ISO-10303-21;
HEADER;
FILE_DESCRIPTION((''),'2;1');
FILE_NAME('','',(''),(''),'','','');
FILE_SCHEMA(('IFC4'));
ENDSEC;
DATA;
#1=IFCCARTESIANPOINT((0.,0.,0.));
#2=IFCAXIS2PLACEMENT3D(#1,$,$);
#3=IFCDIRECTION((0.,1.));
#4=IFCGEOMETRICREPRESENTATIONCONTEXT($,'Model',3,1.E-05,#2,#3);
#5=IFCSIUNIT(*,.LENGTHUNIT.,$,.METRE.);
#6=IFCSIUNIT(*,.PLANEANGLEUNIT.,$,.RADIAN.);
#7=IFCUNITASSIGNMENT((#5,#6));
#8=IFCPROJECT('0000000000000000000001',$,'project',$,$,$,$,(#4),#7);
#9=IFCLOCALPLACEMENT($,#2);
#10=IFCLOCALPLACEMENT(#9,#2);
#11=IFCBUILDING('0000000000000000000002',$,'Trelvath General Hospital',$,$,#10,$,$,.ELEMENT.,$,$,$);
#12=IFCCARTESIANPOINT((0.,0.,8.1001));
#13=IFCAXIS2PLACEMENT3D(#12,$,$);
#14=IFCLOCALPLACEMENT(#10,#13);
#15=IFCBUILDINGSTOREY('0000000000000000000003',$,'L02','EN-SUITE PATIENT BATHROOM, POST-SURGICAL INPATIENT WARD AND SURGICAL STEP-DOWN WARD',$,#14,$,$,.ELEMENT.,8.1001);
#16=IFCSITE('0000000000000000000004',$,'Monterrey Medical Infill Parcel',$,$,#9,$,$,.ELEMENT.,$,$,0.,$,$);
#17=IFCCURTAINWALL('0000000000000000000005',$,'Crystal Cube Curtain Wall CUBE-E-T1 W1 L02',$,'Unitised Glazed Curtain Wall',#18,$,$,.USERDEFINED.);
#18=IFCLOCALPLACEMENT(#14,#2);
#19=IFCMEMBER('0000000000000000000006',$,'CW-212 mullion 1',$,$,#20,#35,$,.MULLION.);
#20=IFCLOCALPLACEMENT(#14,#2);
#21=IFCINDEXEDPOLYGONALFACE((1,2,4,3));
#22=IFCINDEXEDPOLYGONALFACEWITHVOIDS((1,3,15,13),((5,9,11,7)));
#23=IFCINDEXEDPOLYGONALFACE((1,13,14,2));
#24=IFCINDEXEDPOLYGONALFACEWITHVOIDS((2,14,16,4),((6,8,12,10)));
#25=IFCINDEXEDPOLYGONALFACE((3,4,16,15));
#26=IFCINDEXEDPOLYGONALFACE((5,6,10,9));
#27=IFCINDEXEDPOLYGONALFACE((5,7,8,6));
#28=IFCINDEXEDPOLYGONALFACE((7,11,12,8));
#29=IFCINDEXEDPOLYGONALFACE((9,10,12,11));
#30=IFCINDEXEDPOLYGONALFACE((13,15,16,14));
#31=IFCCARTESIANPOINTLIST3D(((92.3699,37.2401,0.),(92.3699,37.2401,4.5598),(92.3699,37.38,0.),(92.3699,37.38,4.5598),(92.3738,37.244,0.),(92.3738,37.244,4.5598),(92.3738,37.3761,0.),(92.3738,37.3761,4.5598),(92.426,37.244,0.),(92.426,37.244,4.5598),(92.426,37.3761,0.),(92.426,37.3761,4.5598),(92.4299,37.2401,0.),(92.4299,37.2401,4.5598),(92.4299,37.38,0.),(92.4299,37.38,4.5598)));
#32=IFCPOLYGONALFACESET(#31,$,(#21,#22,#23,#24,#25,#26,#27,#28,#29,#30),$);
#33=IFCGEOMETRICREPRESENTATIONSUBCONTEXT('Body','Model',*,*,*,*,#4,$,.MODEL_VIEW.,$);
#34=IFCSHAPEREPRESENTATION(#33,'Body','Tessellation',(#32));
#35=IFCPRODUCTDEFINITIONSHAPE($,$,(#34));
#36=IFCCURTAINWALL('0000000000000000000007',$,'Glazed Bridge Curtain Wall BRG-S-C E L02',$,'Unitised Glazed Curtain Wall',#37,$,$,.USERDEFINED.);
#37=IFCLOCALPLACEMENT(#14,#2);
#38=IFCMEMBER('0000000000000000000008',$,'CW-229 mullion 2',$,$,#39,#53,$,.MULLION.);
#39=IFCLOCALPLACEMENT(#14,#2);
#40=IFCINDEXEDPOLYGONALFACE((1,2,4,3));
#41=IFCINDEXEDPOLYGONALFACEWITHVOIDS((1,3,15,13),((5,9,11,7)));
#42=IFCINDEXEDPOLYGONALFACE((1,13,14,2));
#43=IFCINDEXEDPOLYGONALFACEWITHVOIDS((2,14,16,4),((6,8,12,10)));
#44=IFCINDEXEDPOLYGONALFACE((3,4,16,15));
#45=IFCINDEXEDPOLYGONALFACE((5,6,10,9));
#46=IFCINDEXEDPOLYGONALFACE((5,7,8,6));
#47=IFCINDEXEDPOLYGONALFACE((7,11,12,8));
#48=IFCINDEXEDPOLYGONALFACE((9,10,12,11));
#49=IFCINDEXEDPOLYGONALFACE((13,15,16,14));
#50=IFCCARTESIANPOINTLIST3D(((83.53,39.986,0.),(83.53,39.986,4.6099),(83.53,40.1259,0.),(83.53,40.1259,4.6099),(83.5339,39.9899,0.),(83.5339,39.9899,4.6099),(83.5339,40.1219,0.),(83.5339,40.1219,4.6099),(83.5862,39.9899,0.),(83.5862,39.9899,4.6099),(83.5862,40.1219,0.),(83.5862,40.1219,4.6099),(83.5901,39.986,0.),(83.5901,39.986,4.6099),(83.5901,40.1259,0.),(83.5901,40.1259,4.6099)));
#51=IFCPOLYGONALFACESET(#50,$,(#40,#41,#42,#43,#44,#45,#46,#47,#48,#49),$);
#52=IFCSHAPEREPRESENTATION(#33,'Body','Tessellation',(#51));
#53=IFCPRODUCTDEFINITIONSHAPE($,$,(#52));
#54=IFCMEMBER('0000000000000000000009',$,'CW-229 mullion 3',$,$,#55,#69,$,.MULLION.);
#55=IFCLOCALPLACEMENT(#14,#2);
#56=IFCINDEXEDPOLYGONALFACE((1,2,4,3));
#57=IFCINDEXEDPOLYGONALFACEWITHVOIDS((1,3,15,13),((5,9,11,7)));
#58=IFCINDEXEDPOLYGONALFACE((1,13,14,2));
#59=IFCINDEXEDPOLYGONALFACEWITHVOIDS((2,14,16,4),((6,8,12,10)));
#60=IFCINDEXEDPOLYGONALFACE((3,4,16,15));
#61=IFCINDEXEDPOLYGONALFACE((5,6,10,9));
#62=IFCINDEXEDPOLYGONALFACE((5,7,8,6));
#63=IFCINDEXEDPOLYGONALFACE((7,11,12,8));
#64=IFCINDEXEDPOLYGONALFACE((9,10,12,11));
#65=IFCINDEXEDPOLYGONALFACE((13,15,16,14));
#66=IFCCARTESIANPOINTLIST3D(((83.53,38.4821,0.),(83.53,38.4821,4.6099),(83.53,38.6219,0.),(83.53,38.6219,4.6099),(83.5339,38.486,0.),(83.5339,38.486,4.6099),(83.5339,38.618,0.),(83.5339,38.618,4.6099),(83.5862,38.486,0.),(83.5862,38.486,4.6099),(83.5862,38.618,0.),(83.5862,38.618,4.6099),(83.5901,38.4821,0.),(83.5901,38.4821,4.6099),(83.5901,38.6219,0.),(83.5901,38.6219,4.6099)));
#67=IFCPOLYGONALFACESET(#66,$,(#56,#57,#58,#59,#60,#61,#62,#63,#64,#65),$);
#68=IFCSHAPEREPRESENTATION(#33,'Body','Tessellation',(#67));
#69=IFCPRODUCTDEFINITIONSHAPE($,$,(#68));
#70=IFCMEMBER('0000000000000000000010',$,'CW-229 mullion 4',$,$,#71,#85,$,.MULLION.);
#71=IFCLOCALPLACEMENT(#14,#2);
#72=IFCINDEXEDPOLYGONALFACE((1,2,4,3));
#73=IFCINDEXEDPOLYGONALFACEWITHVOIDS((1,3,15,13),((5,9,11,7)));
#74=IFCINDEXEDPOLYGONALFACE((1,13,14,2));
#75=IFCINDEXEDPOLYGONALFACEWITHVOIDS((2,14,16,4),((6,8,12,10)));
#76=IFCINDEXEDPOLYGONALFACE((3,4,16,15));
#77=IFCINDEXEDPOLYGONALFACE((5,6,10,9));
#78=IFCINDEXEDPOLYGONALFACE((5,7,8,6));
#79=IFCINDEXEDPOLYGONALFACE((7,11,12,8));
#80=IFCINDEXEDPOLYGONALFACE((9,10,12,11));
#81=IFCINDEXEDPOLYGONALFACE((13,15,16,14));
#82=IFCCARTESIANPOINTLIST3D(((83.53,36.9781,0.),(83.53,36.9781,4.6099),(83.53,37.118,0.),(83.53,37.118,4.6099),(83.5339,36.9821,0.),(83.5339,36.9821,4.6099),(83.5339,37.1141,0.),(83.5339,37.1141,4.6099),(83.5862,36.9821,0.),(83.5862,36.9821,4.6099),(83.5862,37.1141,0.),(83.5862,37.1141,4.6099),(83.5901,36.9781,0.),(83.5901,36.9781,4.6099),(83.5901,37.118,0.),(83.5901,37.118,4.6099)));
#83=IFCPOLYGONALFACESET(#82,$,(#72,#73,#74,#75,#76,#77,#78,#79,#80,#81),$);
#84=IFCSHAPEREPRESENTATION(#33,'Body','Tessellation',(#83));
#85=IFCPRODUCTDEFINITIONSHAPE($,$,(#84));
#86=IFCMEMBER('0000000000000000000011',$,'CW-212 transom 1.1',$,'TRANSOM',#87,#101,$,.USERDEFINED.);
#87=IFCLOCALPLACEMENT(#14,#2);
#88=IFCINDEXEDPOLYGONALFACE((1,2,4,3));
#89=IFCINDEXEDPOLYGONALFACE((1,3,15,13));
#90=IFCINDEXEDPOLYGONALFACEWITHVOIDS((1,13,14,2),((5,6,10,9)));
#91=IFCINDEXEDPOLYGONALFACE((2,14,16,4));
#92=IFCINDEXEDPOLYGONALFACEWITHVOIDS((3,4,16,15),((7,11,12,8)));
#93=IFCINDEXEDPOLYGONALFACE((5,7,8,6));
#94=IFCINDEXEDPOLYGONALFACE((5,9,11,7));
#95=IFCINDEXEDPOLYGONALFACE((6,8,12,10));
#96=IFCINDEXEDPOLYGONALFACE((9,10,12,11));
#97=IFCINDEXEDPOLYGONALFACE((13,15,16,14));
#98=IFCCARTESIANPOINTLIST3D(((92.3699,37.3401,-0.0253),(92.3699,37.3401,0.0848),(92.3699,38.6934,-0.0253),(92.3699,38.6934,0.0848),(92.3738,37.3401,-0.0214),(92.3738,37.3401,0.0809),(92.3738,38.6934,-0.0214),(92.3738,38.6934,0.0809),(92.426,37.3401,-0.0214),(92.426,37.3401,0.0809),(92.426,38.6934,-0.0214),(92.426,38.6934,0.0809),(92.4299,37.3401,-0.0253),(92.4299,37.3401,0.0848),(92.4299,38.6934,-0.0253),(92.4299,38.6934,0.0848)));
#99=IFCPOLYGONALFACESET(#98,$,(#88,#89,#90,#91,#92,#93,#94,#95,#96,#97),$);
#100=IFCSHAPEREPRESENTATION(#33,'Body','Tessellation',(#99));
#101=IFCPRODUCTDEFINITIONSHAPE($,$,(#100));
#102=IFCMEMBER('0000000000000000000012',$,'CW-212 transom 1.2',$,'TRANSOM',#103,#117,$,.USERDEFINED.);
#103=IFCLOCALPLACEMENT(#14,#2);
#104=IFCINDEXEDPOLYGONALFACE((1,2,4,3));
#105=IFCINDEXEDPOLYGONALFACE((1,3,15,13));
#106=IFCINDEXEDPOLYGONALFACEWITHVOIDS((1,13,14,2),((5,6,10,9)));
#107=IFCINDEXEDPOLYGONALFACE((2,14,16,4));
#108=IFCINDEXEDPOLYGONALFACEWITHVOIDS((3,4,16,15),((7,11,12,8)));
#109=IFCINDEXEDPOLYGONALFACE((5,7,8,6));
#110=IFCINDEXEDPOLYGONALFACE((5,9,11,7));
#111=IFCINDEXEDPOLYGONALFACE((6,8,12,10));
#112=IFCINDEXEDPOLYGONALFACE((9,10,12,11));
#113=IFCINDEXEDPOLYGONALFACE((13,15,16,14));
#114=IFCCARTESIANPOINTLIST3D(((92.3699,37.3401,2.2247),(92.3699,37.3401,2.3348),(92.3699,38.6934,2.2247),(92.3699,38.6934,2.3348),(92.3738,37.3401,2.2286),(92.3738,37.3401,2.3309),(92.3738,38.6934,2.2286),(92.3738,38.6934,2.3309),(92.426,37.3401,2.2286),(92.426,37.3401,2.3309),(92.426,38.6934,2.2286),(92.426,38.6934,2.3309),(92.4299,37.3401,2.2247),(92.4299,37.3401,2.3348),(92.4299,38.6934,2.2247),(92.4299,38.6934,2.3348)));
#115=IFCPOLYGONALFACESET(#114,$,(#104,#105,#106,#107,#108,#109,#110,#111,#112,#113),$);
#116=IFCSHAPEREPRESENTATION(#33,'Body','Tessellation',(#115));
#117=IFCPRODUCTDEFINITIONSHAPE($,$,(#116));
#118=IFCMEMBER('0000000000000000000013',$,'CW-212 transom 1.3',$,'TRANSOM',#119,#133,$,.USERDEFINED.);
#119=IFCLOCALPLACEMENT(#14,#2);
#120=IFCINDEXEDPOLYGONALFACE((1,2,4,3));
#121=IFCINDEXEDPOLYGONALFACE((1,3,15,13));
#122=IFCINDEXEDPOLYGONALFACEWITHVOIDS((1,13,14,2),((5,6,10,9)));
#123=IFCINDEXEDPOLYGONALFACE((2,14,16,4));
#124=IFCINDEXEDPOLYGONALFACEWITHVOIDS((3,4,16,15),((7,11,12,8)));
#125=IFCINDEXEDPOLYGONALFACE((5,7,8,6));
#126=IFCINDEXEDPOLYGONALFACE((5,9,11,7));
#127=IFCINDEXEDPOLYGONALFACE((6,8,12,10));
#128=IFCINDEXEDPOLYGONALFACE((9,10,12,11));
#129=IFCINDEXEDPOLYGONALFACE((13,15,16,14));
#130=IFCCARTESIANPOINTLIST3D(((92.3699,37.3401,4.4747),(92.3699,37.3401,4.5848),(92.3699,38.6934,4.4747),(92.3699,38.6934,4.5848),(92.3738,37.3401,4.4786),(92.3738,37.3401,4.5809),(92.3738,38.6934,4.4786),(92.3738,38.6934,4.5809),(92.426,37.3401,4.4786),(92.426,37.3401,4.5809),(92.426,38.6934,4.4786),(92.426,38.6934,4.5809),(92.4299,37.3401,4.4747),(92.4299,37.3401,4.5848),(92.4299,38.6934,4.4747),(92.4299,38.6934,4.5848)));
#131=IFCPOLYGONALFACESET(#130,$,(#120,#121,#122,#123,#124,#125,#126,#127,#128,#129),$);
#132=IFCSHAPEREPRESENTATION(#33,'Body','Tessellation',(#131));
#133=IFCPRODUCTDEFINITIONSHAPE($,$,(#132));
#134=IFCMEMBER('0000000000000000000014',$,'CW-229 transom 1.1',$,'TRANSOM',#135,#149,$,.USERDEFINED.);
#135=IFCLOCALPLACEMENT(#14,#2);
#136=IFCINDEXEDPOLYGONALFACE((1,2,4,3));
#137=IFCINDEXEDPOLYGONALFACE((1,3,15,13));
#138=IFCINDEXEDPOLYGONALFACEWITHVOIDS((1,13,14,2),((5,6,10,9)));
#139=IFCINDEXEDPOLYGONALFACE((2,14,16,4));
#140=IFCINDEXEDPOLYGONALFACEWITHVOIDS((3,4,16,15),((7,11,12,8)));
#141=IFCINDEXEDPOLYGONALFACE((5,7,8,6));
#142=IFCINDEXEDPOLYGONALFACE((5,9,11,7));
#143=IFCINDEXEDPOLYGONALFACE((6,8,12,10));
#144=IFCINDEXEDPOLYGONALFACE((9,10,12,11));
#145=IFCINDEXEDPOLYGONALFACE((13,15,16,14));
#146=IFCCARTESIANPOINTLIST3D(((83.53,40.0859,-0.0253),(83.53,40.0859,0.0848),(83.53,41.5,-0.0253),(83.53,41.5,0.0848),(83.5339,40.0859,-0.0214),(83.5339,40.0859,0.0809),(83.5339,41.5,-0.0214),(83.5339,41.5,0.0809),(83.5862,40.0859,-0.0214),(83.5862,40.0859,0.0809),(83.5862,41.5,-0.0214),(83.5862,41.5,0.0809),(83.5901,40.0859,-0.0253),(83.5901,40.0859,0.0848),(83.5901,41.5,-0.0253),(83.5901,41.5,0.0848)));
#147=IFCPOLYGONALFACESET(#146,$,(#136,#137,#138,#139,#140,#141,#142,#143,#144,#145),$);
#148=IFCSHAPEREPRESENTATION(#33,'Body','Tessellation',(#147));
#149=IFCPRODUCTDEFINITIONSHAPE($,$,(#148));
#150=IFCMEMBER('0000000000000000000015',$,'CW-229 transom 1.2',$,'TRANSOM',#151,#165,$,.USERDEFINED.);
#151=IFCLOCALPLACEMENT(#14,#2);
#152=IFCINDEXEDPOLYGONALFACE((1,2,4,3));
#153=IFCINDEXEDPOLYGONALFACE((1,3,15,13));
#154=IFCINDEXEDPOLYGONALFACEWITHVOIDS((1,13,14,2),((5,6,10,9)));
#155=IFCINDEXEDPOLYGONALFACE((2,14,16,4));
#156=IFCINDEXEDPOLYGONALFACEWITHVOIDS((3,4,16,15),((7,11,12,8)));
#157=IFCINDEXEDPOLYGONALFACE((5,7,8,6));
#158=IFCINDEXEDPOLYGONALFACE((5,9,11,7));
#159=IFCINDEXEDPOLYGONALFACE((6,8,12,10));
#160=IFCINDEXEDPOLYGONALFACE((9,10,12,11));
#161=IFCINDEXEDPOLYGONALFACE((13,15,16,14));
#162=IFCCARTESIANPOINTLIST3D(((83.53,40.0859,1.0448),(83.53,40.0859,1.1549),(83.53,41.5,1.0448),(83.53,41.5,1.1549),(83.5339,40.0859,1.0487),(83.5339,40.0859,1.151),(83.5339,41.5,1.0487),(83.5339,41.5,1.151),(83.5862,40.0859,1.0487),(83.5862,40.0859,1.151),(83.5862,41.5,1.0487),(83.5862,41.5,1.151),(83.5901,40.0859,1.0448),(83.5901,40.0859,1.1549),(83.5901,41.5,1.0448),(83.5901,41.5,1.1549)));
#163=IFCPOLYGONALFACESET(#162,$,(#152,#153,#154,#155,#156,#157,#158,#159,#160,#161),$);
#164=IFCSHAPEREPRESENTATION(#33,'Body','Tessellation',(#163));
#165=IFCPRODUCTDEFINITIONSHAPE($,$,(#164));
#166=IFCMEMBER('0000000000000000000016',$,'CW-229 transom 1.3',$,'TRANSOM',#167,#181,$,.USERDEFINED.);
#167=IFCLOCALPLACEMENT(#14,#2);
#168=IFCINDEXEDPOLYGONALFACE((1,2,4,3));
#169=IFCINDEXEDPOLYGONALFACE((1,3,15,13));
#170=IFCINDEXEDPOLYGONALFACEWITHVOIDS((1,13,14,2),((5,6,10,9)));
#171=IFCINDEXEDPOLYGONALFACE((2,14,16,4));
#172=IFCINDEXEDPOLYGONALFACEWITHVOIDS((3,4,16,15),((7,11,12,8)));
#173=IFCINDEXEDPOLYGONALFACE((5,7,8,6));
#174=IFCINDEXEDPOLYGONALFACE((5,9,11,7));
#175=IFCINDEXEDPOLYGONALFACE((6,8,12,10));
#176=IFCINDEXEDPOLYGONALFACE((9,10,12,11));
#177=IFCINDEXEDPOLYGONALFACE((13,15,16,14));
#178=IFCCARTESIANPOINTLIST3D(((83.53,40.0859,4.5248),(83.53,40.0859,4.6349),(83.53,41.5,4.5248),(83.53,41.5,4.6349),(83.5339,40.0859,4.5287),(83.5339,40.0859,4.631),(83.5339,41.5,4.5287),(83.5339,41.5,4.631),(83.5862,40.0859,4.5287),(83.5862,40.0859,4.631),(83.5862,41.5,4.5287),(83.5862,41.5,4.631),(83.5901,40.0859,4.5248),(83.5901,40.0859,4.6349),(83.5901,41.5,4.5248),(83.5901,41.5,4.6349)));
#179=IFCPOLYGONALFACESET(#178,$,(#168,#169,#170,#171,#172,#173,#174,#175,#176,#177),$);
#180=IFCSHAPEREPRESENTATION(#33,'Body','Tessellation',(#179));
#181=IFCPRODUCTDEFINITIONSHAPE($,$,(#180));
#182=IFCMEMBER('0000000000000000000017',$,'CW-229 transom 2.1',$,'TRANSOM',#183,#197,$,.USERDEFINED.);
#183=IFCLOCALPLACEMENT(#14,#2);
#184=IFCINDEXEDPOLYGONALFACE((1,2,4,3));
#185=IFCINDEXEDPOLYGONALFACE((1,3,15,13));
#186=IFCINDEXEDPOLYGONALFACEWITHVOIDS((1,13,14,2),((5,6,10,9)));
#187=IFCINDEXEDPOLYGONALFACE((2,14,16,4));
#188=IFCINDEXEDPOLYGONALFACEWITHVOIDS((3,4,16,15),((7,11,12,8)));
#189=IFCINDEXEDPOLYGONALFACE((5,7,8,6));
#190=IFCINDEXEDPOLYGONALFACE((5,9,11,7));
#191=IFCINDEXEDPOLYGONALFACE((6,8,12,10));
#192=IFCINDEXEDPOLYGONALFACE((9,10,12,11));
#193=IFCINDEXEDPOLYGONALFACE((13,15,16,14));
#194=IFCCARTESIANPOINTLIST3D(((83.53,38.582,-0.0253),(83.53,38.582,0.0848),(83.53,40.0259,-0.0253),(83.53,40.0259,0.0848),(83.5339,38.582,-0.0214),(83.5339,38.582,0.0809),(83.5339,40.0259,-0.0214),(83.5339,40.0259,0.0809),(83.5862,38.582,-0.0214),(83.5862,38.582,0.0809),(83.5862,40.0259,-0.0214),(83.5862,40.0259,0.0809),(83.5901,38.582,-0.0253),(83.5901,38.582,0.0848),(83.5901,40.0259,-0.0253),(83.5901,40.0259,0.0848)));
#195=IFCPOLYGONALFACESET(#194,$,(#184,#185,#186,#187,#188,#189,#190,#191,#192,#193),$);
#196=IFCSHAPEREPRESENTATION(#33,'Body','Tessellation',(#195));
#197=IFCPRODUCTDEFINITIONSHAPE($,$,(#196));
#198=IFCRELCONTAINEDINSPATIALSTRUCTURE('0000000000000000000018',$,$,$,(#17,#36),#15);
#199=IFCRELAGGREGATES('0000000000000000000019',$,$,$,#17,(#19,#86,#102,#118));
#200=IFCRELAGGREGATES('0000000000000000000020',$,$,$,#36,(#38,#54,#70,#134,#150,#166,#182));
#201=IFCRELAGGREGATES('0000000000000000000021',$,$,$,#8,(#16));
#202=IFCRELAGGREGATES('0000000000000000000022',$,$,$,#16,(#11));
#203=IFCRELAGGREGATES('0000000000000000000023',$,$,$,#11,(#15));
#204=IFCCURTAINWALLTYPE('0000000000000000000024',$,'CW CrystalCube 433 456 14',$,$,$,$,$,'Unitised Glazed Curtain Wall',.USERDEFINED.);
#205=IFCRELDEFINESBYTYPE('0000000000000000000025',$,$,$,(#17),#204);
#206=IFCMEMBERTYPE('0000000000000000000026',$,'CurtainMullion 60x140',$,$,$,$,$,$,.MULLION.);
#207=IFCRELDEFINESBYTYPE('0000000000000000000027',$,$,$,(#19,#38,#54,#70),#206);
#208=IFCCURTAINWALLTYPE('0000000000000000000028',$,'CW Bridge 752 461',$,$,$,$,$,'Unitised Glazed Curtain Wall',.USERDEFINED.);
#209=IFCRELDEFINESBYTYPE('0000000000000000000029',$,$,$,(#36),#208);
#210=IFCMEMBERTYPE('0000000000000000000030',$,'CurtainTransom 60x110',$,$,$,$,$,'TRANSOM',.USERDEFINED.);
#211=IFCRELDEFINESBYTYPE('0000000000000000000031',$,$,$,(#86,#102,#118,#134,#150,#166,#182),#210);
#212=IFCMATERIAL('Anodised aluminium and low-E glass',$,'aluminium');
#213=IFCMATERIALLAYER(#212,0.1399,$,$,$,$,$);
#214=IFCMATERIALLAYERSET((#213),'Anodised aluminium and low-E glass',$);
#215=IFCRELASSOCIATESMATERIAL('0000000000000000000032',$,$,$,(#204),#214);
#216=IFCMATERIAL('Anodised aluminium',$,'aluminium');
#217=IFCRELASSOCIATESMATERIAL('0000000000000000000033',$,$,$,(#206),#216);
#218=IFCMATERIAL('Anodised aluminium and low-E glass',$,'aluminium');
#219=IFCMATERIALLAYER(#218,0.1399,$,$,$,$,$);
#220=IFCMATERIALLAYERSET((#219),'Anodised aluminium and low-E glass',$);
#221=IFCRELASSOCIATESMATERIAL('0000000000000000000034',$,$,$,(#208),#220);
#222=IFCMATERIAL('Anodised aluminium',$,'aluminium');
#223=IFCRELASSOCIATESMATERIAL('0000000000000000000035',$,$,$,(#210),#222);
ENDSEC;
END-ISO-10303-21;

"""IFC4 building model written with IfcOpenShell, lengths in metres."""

from ifc_helpers import new_model, si_unit, direction, frame, origin, origin_2d, place, context, subcontext, project, spatial, hollow_rectangle, extrude, material, layer, layer_set, material_profile, profile_set, type_object, element, aggregate, save


model = new_model("IFC4")

# Units and contexts
model_context = context("Model", 3, precision=1e-05, world=origin(), true_north=direction((0.0, 1.0)))
body_context = subcontext(model_context, "Body", "Model", "MODEL_VIEW")
ifc_project = project(units=[si_unit("LENGTHUNIT", "METRE"), si_unit("PLANEANGLEUNIT", "RADIAN")], contexts=[model_context])

# Site, building, storey
site_placement = place(None, origin())
site = spatial("IfcSite", under=ifc_project, at=site_placement, Name="Monterrey Medical Infill Parcel", CompositionType="ELEMENT", RefElevation=0.0)
building_placement = place(site_placement, origin())
building = spatial("IfcBuilding", under=site, at=building_placement, Name="Trelvath General Hospital", CompositionType="ELEMENT")
storey_placement = place(building_placement, frame((0.0, 0.0, 8.1001)))
storey = spatial("IfcBuildingStorey", under=building, at=storey_placement, Name="L02", Description="EN-SUITE PATIENT BATHROOM, POST-SURGICAL INPATIENT WARD AND SURGICAL STEP-DOWN WARD", CompositionType="ELEMENT", Elevation=8.1001)

# Curtain wall, member
ifc_material_1 = material(Name="Anodised aluminium and low-E glass", Category="aluminium")
ifc_layer_1 = layer(ifc_material_1, 0.1399)
ifc_layer_set_1 = layer_set([ifc_layer_1], Name="Anodised aluminium and low-E glass")
curtain_wall_type_1 = type_object("IfcCurtainWallType", Name="CW CrystalCube 433 456 14", ElementType="Unitised Glazed Curtain Wall", PredefinedType="USERDEFINED", material=ifc_layer_set_1)
curtain_wall_1_placement = place(storey_placement, origin())
curtain_wall_1 = element("IfcCurtainWall", 1, at=curtain_wall_1_placement, inside=storey, type_object=curtain_wall_type_1, Name="Crystal Cube Curtain Wall CUBE-E-T1 W1 L02", ObjectType="Unitised Glazed Curtain Wall", PredefinedType="USERDEFINED")
ifc_material_2 = material(Name="Anodised aluminium", Category="aluminium")
ifc_material_profile_1 = material_profile(ifc_material_2, hollow_rectangle(XDim=0.0601, YDim=0.1399, WallThickness=0.0039, at=origin_2d()), Name="RHS60x140x4")
ifc_profile_set_1 = profile_set([ifc_material_profile_1], Name="Anodised aluminium")
member_type_1 = type_object("IfcMemberType", Name="CurtainMullion 60x140", PredefinedType="MULLION", material=ifc_profile_set_1)
member_1_placement = place(storey_placement, frame((92.3999, 37.3101, 0.0), z_axis=(0.0, 0.0, 1.0), x_axis=(-1.0, 0.0, 0.0)))
member_1 = element("IfcMember", 2, at=member_1_placement, type_object=member_type_1, Name="CW-212 mullion 1", PredefinedType="MULLION", context=body_context, shape_type="SweptSolid", body=[
    extrude(hollow_rectangle(XDim=0.0601, YDim=0.1399, WallThickness=0.0039, at=origin_2d()), origin(), (0.0, 0.0, 1.0), 4.5598),
])

# Curtain wall, members
ifc_material_3 = material(Name="Anodised aluminium and low-E glass", Category="aluminium")
ifc_layer_2 = layer(ifc_material_3, 0.1399)
ifc_layer_set_2 = layer_set([ifc_layer_2], Name="Anodised aluminium and low-E glass")
curtain_wall_type_2 = type_object("IfcCurtainWallType", Name="CW Bridge 752 461", ElementType="Unitised Glazed Curtain Wall", PredefinedType="USERDEFINED", material=ifc_layer_set_2)
curtain_wall_2_placement = place(storey_placement, origin())
curtain_wall_2 = element("IfcCurtainWall", 3, at=curtain_wall_2_placement, inside=storey, type_object=curtain_wall_type_2, Name="Glazed Bridge Curtain Wall BRG-S-C E L02", ObjectType="Unitised Glazed Curtain Wall", PredefinedType="USERDEFINED")
member_2_placement = place(storey_placement, frame((83.5601, 40.0559, 0.0), z_axis=(0.0, 0.0, 1.0), x_axis=(1.0, 0.0, 0.0)))
member_2 = element("IfcMember", 4, at=member_2_placement, type_object=member_type_1, Name="CW-229 mullion 2", PredefinedType="MULLION", context=body_context, shape_type="SweptSolid", body=[
    extrude(hollow_rectangle(XDim=0.0601, YDim=0.1399, WallThickness=0.0039, at=origin_2d()), origin(), (0.0, 0.0, 1.0), 4.6099),
])
member_3_placement = place(storey_placement, frame((83.5601, 38.552, 0.0), z_axis=(0.0, 0.0, 1.0), x_axis=(1.0, 0.0, 0.0)))
member_3 = element("IfcMember", 5, at=member_3_placement, type_object=member_type_1, Name="CW-229 mullion 3", PredefinedType="MULLION", context=body_context, shape_type="SweptSolid", body=[
    extrude(hollow_rectangle(XDim=0.0601, YDim=0.1399, WallThickness=0.0039, at=origin_2d()), origin(), (0.0, 0.0, 1.0), 4.6099),
])
member_4_placement = place(storey_placement, frame((83.5601, 37.0481, 0.0), z_axis=(0.0, 0.0, 1.0), x_axis=(1.0, 0.0, 0.0)))
member_4 = element("IfcMember", 6, at=member_4_placement, type_object=member_type_1, Name="CW-229 mullion 4", PredefinedType="MULLION", context=body_context, shape_type="SweptSolid", body=[
    extrude(hollow_rectangle(XDim=0.0601, YDim=0.1399, WallThickness=0.0039, at=origin_2d()), origin(), (0.0, 0.0, 1.0), 4.6099),
])

# Members
ifc_material_4 = material(Name="Anodised aluminium", Category="aluminium")
ifc_material_profile_2 = material_profile(ifc_material_4, hollow_rectangle(XDim=0.0601, YDim=0.1101, WallThickness=0.0039, at=origin_2d()), Name="RHS60x110x4")
ifc_profile_set_2 = profile_set([ifc_material_profile_2], Name="Anodised aluminium")
member_type_2 = type_object("IfcMemberType", Name="CurtainTransom 60x110", ElementType="TRANSOM", PredefinedType="USERDEFINED", material=ifc_profile_set_2)
member_5_placement = place(storey_placement, frame((92.3999, 37.3401, 0.0298), z_axis=(0.0, 1.0, 0.0), x_axis=(-1.0, 0.0, 0.0)))
member_5 = element("IfcMember", 7, at=member_5_placement, type_object=member_type_2, Name="CW-212 transom 1.1", ObjectType="TRANSOM", PredefinedType="USERDEFINED", context=body_context, shape_type="SweptSolid", body=[
    extrude(hollow_rectangle(XDim=0.0601, YDim=0.1101, WallThickness=0.0039, at=origin_2d()), origin(), (0.0, 0.0, 1.0), 1.3533),
])
member_6_placement = place(storey_placement, frame((92.3999, 37.3401, 2.2798), z_axis=(0.0, 1.0, 0.0), x_axis=(-1.0, 0.0, 0.0)))
member_6 = element("IfcMember", 8, at=member_6_placement, type_object=member_type_2, Name="CW-212 transom 1.2", ObjectType="TRANSOM", PredefinedType="USERDEFINED", context=body_context, shape_type="SweptSolid", body=[
    extrude(hollow_rectangle(XDim=0.0601, YDim=0.1101, WallThickness=0.0039, at=origin_2d()), origin(), (0.0, 0.0, 1.0), 1.3533),
])
member_7_placement = place(storey_placement, frame((92.3999, 37.3401, 4.5298), z_axis=(0.0, 1.0, 0.0), x_axis=(-1.0, 0.0, 0.0)))
member_7 = element("IfcMember", 9, at=member_7_placement, type_object=member_type_2, Name="CW-212 transom 1.3", ObjectType="TRANSOM", PredefinedType="USERDEFINED", context=body_context, shape_type="SweptSolid", body=[
    extrude(hollow_rectangle(XDim=0.0601, YDim=0.1101, WallThickness=0.0039, at=origin_2d()), origin(), (0.0, 0.0, 1.0), 1.3533),
])
aggregate(curtain_wall_1, [member_1, member_5, member_6, member_7])
member_8_placement = place(storey_placement, frame((83.5601, 41.5, 0.0298), z_axis=(0.0, -1.0, 0.0), x_axis=(1.0, 0.0, 0.0)))
member_8 = element("IfcMember", 10, at=member_8_placement, type_object=member_type_2, Name="CW-229 transom 1.1", ObjectType="TRANSOM", PredefinedType="USERDEFINED", context=body_context, shape_type="SweptSolid", body=[
    extrude(hollow_rectangle(XDim=0.0601, YDim=0.1101, WallThickness=0.0039, at=origin_2d()), origin(), (0.0, 0.0, 1.0), 1.4141),
])
member_9_placement = place(storey_placement, frame((83.5601, 41.5, 1.0999), z_axis=(0.0, -1.0, 0.0), x_axis=(1.0, 0.0, 0.0)))
member_9 = element("IfcMember", 11, at=member_9_placement, type_object=member_type_2, Name="CW-229 transom 1.2", ObjectType="TRANSOM", PredefinedType="USERDEFINED", context=body_context, shape_type="SweptSolid", body=[
    extrude(hollow_rectangle(XDim=0.0601, YDim=0.1101, WallThickness=0.0039, at=origin_2d()), origin(), (0.0, 0.0, 1.0), 1.4141),
])
member_10_placement = place(storey_placement, frame((83.5601, 41.5, 4.5798), z_axis=(0.0, -1.0, 0.0), x_axis=(1.0, 0.0, 0.0)))
member_10 = element("IfcMember", 12, at=member_10_placement, type_object=member_type_2, Name="CW-229 transom 1.3", ObjectType="TRANSOM", PredefinedType="USERDEFINED", context=body_context, shape_type="SweptSolid", body=[
    extrude(hollow_rectangle(XDim=0.0601, YDim=0.1101, WallThickness=0.0039, at=origin_2d()), origin(), (0.0, 0.0, 1.0), 1.4141),
])
member_11_placement = place(storey_placement, frame((83.5601, 40.0259, 0.0298), z_axis=(0.0, -1.0, 0.0), x_axis=(1.0, 0.0, 0.0)))
member_11 = element("IfcMember", 13, at=member_11_placement, type_object=member_type_2, Name="CW-229 transom 2.1", ObjectType="TRANSOM", PredefinedType="USERDEFINED", context=body_context, shape_type="SweptSolid", body=[
    extrude(hollow_rectangle(XDim=0.0601, YDim=0.1101, WallThickness=0.0039, at=origin_2d()), origin(), (0.0, 0.0, 1.0), 1.4438),
])

aggregate(curtain_wall_2, [member_2, member_3, member_4, member_8, member_9, member_10, member_11])

save(model, "model.ifc")
